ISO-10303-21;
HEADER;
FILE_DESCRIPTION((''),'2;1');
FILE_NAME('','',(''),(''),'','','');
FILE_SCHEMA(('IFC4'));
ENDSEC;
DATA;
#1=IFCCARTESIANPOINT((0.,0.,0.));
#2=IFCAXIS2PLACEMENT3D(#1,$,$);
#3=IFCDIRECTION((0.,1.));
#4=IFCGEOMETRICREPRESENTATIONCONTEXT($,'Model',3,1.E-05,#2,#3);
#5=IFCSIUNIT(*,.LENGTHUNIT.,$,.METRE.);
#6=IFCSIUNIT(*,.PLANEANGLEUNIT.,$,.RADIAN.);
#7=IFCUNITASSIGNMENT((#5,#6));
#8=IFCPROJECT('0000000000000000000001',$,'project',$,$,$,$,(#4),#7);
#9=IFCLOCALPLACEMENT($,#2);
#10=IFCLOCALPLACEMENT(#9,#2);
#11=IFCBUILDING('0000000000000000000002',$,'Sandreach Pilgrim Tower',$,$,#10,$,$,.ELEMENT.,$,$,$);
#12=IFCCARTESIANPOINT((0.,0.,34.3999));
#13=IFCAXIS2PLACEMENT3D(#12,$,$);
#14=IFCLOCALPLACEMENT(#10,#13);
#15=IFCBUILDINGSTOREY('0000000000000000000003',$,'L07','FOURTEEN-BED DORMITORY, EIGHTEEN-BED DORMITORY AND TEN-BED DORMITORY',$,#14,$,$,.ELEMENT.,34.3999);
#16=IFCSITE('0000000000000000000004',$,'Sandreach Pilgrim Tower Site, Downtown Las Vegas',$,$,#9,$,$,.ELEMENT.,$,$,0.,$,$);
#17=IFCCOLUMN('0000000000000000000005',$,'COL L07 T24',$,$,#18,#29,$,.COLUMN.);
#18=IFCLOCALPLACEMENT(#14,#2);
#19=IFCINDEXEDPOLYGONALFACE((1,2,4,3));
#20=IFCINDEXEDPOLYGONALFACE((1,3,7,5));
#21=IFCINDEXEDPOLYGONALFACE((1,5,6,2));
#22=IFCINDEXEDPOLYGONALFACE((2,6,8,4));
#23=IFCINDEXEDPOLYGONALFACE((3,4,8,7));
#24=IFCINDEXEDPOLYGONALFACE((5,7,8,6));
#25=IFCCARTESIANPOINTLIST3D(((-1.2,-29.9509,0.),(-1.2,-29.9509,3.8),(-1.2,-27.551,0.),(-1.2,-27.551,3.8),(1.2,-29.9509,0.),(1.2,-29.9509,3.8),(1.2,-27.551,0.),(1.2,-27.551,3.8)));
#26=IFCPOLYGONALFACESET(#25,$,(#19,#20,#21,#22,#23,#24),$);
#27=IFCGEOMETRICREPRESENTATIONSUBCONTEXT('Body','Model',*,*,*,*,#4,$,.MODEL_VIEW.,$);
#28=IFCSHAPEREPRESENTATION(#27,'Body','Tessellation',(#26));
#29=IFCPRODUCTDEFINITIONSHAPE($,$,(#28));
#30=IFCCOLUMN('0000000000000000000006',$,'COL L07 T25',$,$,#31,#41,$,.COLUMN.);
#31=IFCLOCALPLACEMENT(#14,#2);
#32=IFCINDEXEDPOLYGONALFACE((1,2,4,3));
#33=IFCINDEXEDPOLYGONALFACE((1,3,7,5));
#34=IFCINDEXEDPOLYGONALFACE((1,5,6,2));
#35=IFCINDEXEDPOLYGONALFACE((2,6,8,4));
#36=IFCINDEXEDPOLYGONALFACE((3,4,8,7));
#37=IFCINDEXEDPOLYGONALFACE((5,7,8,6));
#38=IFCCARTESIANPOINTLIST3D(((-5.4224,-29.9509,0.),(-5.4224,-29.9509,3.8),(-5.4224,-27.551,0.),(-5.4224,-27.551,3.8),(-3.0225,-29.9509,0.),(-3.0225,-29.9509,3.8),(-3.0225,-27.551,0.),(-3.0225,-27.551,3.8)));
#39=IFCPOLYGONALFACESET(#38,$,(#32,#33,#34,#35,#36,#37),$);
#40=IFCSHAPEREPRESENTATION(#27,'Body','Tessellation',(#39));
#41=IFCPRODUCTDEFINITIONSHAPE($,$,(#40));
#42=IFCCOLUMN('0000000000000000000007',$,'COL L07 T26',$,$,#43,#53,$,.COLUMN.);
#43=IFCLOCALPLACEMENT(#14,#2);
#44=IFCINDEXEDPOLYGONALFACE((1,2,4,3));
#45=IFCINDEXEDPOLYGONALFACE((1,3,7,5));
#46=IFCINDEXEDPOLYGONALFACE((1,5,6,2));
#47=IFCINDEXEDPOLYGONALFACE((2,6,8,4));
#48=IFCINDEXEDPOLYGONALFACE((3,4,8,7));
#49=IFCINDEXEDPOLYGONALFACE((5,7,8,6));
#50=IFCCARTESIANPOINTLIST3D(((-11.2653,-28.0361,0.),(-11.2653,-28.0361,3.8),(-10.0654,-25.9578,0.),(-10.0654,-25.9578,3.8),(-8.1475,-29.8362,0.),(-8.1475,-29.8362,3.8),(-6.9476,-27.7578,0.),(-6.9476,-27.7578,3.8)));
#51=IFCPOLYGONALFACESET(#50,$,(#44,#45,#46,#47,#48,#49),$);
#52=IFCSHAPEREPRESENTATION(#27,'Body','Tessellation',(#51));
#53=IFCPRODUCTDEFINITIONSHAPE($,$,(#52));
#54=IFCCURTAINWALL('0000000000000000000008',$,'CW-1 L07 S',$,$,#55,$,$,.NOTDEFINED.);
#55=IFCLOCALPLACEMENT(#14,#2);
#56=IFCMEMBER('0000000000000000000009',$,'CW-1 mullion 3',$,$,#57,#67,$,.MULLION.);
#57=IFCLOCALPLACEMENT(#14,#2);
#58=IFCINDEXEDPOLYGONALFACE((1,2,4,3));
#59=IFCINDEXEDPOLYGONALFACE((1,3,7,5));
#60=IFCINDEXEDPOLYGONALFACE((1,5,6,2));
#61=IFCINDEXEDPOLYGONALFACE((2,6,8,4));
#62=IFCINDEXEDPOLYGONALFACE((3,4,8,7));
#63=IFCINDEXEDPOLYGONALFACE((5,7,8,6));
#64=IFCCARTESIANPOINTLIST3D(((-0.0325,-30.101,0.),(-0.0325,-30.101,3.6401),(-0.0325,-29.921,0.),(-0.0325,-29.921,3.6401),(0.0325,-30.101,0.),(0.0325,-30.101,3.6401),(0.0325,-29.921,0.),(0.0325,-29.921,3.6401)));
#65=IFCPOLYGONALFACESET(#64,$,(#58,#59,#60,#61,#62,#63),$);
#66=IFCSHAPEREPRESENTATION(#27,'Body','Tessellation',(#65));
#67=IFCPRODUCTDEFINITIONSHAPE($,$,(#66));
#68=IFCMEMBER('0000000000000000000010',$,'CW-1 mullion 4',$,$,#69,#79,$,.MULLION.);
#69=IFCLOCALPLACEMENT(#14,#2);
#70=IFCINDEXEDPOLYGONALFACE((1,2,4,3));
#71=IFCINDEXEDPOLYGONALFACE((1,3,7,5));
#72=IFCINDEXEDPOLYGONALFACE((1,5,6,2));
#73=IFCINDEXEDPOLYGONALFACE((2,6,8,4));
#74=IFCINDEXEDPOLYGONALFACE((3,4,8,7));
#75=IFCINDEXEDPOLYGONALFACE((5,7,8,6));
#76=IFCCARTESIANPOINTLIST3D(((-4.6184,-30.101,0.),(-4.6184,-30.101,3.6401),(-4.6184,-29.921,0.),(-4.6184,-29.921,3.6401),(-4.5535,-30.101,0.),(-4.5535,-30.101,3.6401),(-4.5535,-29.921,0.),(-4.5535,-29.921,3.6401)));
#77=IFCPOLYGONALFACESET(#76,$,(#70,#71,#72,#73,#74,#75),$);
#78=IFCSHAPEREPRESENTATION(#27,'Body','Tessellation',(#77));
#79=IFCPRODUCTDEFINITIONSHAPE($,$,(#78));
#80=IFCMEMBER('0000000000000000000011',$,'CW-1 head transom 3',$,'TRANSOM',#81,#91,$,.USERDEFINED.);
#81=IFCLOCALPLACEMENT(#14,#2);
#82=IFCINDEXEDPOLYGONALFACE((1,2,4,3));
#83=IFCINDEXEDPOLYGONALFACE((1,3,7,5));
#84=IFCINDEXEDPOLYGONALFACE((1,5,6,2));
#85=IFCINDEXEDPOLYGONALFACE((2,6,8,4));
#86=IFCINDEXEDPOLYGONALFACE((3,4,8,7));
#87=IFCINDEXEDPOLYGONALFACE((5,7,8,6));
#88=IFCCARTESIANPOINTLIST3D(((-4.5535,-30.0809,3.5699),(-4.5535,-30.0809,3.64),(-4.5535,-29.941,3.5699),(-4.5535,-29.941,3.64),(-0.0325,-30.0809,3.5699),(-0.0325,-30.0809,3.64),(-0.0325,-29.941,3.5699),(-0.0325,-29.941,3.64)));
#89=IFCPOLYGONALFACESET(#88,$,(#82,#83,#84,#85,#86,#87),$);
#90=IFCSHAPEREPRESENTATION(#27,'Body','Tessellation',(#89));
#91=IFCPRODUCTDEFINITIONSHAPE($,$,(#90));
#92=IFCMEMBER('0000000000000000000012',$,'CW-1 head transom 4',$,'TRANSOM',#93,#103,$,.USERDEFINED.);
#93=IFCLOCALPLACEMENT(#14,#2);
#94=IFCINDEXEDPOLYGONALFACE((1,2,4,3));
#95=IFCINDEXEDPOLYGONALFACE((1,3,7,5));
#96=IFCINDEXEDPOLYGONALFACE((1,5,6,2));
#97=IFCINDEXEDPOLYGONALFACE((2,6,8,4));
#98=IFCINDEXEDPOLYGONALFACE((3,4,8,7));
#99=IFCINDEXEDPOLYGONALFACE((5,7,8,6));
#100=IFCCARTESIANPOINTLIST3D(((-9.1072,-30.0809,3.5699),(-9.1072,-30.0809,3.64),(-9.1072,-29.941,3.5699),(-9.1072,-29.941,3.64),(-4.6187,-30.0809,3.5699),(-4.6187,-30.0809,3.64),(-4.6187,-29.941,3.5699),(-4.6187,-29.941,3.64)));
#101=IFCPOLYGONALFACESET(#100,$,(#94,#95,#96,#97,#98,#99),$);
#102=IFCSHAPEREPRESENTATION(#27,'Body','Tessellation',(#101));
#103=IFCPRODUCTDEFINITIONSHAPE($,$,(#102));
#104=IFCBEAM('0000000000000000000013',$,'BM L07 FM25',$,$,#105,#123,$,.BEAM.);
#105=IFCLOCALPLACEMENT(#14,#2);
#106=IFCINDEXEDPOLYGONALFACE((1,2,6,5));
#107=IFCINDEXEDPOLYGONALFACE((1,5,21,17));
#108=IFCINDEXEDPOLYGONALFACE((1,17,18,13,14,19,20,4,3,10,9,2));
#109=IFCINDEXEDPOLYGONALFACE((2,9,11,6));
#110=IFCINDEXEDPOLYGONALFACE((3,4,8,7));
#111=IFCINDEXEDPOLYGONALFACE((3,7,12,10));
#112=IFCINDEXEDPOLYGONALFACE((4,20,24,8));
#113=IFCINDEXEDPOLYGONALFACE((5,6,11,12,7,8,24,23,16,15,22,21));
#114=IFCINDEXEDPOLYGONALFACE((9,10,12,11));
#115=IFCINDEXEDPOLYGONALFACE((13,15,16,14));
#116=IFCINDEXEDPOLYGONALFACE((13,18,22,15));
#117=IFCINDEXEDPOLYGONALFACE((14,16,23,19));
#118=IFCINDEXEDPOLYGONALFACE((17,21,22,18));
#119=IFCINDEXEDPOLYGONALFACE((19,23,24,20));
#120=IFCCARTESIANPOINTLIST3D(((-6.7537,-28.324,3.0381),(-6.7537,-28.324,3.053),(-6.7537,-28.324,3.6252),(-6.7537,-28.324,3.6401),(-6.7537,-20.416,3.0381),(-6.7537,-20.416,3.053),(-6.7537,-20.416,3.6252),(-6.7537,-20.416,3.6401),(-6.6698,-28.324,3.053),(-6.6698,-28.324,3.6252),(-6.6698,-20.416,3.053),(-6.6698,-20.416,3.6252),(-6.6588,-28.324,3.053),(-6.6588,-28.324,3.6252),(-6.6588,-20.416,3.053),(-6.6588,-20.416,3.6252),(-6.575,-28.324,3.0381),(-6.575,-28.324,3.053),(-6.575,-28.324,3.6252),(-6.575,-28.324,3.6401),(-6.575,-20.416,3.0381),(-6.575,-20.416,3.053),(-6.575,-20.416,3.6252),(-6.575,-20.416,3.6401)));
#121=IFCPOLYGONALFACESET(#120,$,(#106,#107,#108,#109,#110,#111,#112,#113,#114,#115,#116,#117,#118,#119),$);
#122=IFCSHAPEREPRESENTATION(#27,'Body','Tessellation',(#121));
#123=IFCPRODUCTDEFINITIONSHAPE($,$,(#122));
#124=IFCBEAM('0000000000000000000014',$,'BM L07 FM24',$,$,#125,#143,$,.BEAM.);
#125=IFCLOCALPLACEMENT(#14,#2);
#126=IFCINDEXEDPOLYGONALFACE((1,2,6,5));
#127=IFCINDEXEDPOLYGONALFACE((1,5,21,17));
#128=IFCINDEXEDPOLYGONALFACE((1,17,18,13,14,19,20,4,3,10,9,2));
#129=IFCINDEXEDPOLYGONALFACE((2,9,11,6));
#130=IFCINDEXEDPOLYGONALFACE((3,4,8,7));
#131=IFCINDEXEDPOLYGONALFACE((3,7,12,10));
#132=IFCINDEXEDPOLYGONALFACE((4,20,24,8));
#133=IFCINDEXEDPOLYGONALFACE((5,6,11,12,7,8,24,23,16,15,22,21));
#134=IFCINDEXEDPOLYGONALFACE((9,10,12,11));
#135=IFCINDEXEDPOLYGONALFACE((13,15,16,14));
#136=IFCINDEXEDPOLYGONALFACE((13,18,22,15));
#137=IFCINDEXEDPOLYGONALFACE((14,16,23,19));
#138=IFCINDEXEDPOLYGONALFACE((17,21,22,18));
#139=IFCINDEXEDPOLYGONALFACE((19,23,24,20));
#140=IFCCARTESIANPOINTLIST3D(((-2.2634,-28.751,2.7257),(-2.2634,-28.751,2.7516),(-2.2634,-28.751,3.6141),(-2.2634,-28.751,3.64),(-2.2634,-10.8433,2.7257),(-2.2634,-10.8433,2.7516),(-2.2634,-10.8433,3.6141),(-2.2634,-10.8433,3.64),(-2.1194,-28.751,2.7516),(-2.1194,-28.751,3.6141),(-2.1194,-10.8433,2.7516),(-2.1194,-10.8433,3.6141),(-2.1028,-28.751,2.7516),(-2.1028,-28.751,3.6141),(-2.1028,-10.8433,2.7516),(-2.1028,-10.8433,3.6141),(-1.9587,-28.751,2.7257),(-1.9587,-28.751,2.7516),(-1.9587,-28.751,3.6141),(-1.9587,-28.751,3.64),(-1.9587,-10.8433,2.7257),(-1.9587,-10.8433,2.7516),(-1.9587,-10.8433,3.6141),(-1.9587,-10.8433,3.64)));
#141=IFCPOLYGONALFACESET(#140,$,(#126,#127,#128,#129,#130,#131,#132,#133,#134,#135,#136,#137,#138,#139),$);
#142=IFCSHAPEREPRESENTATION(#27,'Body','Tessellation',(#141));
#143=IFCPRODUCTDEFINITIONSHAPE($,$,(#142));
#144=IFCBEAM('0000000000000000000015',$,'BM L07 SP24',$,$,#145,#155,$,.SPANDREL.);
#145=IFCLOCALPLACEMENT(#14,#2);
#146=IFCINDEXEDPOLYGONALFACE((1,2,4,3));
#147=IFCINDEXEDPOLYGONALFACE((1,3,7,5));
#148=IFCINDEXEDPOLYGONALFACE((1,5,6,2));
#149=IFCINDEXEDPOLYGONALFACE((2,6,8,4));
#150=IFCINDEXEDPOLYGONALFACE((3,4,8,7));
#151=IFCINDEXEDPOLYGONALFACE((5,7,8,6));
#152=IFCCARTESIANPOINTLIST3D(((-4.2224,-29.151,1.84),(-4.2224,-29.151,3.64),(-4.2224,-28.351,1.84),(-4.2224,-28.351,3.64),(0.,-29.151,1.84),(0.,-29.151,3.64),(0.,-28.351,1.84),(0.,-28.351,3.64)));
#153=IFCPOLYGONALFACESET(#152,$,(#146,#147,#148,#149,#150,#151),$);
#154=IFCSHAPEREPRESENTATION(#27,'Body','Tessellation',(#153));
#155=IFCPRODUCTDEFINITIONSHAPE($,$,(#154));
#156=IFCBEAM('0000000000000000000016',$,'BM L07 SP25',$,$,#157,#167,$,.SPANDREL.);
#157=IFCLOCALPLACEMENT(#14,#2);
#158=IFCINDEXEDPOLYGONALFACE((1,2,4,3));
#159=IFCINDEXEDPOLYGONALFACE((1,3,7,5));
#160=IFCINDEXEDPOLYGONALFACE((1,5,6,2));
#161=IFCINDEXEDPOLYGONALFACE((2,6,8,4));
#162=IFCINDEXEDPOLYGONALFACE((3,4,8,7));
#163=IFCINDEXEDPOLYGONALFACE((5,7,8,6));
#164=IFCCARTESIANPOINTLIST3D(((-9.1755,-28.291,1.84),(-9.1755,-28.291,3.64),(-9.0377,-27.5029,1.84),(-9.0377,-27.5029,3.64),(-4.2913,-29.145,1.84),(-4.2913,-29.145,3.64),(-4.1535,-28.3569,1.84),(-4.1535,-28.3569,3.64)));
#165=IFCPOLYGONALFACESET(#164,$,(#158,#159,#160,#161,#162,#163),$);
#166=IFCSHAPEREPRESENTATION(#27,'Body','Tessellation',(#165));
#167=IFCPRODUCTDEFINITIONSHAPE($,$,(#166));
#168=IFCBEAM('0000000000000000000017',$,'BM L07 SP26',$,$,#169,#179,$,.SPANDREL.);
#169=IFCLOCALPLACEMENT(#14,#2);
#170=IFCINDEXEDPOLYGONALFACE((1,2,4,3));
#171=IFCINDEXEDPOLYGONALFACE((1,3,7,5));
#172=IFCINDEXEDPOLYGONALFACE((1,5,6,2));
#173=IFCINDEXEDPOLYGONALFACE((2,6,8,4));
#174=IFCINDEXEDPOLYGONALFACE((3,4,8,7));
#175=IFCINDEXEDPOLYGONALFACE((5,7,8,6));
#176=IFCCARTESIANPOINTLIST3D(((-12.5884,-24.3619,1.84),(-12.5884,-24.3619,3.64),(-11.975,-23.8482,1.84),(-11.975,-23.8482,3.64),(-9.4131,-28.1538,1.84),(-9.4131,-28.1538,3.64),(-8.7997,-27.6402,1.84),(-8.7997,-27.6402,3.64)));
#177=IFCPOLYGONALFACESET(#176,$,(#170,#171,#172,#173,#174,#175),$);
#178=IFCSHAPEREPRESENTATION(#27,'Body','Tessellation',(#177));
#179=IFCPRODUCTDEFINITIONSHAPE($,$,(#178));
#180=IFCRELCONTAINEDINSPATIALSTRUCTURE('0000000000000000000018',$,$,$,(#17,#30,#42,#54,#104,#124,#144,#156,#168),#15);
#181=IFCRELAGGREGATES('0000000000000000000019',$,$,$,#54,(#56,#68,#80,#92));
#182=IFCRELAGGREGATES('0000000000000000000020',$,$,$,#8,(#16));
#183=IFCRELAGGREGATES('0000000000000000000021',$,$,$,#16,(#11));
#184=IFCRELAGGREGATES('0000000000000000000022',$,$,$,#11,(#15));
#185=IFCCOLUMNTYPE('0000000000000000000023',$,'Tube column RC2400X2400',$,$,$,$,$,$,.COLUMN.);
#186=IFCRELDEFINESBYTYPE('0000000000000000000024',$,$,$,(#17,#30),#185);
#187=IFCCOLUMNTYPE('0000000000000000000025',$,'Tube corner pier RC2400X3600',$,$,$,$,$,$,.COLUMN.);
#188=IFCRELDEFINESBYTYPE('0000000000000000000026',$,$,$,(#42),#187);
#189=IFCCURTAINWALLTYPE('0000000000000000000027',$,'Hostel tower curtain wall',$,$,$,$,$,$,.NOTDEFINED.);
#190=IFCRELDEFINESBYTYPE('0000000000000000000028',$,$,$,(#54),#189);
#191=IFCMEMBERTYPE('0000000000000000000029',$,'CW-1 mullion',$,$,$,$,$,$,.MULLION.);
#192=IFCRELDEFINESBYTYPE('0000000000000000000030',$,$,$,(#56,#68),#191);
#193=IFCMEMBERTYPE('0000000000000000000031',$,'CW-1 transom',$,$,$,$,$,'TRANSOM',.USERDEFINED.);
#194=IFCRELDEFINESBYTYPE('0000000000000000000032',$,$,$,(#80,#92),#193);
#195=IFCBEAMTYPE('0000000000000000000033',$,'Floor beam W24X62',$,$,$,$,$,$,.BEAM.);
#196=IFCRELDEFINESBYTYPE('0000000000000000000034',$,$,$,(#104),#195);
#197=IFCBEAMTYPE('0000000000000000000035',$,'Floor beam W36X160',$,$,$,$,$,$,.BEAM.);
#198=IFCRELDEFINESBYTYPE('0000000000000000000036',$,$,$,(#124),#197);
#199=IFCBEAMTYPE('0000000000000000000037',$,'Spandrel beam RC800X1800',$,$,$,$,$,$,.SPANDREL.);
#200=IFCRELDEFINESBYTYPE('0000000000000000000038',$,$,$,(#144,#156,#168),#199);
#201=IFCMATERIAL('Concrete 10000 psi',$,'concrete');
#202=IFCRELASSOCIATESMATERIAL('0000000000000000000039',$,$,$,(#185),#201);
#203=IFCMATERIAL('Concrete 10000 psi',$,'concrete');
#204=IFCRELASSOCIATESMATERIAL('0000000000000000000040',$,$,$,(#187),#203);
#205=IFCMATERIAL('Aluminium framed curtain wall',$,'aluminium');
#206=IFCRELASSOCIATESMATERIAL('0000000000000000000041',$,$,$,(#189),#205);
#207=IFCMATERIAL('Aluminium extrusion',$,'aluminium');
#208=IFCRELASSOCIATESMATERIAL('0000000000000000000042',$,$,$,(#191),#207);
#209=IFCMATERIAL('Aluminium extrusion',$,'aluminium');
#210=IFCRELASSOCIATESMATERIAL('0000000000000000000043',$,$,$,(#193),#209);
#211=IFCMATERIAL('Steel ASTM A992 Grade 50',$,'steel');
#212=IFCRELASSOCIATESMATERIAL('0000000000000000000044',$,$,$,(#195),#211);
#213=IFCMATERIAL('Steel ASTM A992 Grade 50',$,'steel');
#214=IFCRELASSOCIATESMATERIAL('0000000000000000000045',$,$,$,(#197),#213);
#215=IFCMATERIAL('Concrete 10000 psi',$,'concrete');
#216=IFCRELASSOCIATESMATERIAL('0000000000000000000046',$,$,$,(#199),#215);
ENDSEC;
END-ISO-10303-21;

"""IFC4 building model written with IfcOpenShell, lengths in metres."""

from ifc_helpers import new_model, si_unit, direction, frame, origin, origin_2d, place, context, subcontext, project, spatial, rectangle, i_section, extrude, material, material_profile, profile_set, type_object, element, aggregate, save


model = new_model("IFC4")

# Units and contexts
model_context = context("Model", 3, precision=1e-05, world=origin(), true_north=direction((0.0, 1.0)))
body_context = subcontext(model_context, "Body", "Model", "MODEL_VIEW")
ifc_project = project(units=[si_unit("LENGTHUNIT", "METRE"), si_unit("PLANEANGLEUNIT", "RADIAN")], contexts=[model_context])

# Site, building, storey
site_placement = place(None, origin())
site = spatial("IfcSite", under=ifc_project, at=site_placement, Name="Sandreach Pilgrim Tower Site, Downtown Las Vegas", CompositionType="ELEMENT", RefElevation=0.0)
building_placement = place(site_placement, origin())
building = spatial("IfcBuilding", under=site, at=building_placement, Name="Sandreach Pilgrim Tower", CompositionType="ELEMENT")
storey_placement = place(building_placement, frame((0.0, 0.0, 34.3999)))
storey = spatial("IfcBuildingStorey", under=building, at=storey_placement, Name="L07", Description="FOURTEEN-BED DORMITORY, EIGHTEEN-BED DORMITORY AND TEN-BED DORMITORY", CompositionType="ELEMENT", Elevation=34.3999)

# Columns
ifc_material_1 = material(Name="Concrete 10000 psi", Category="concrete")
ifc_material_profile_1 = material_profile(ifc_material_1, rectangle(XDim=2.3999, YDim=2.3999, at=origin_2d()), Name="RC2400X2400")
ifc_profile_set_1 = profile_set([ifc_material_profile_1], Name="Concrete 10000 psi")
column_type_1 = type_object("IfcColumnType", Name="Tube column RC2400X2400", PredefinedType="COLUMN", material=ifc_profile_set_1)
for number, where, z_axis, x_axis, name in (
    (1, (0.0, -28.751, 0.0), (0.0, 0.0, 1.0), (0.0, -1.0, 0.0), "COL L07 T24"),
    (2, (-4.2224, -28.751, 0.0), (0.0, 0.0, 1.0), (0.0, -1.0, 0.0), "COL L07 T25"),
):
    element("IfcColumn", number, at=place(storey_placement, frame(where, z_axis=z_axis, x_axis=x_axis)), inside=storey, type_object=column_type_1, Name=name, PredefinedType="COLUMN", context=body_context, shape_type="SweptSolid", body=[
        extrude(rectangle(XDim=2.3999, YDim=2.3999, at=origin_2d()), origin(), (0.0, 0.0, 1.0), 3.8),
    ])
ifc_material_2 = material(Name="Concrete 10000 psi", Category="concrete")
ifc_material_profile_2 = material_profile(ifc_material_2, rectangle(XDim=2.3999, YDim=3.6001, at=origin_2d()), Name="RC2400X3600")
ifc_profile_set_2 = profile_set([ifc_material_profile_2], Name="Concrete 10000 psi")
column_type_2 = type_object("IfcColumnType", Name="Tube corner pier RC2400X3600", PredefinedType="COLUMN", material=ifc_profile_set_2)
column_placement = place(storey_placement, frame((-9.1064, -27.897, 0.0), z_axis=(0.0, 0.0, 1.0), x_axis=(-0.5, -0.866025, 0.0)))
element("IfcColumn", 3, at=column_placement, inside=storey, type_object=column_type_2, Name="COL L07 T26", PredefinedType="COLUMN", context=body_context, shape_type="SweptSolid", body=[
    extrude(rectangle(XDim=2.3999, YDim=3.6001, at=origin_2d()), origin(), (0.0, 0.0, 1.0), 3.8),
])

# Curtain wall, members
ifc_material_3 = material(Name="Aluminium framed curtain wall", Category="aluminium")
curtain_wall_type = type_object("IfcCurtainWallType", Name="Hostel tower curtain wall", PredefinedType="NOTDEFINED", material=ifc_material_3)
curtain_wall_placement = place(storey_placement, origin())
curtain_wall = element("IfcCurtainWall", 4, at=curtain_wall_placement, inside=storey, type_object=curtain_wall_type, Name="CW-1 L07 S", PredefinedType="NOTDEFINED")
ifc_material_4 = material(Name="Aluminium extrusion", Category="aluminium")
ifc_material_profile_3 = material_profile(ifc_material_4, rectangle(XDim=0.0649, YDim=0.1799, at=origin_2d()), Name="CW-1M 65X180")
ifc_profile_set_3 = profile_set([ifc_material_profile_3], Name="Aluminium extrusion")
member_type_1 = type_object("IfcMemberType", Name="CW-1 mullion", PredefinedType="MULLION", material=ifc_profile_set_3)
member_1_placement = place(storey_placement, frame((0.0, -30.011, 0.0), z_axis=(0.0, 0.0, 1.0), x_axis=(-1.0, 0.0, 0.0)))
member_1 = element("IfcMember", 5, at=member_1_placement, type_object=member_type_1, Name="CW-1 mullion 3", PredefinedType="MULLION", context=body_context, shape_type="SweptSolid", body=[
    extrude(rectangle(XDim=0.0649, YDim=0.1799, at=origin_2d()), origin(), (0.0, 0.0, 1.0), 3.6401),
])
member_2_placement = place(storey_placement, frame((-4.5859, -30.011, 0.0), z_axis=(0.0, 0.0, 1.0), x_axis=(-1.0, 0.0, 0.0)))
member_2 = element("IfcMember", 6, at=member_2_placement, type_object=member_type_1, Name="CW-1 mullion 4", PredefinedType="MULLION", context=body_context, shape_type="SweptSolid", body=[
    extrude(rectangle(XDim=0.0649, YDim=0.1799, at=origin_2d()), origin(), (0.0, 0.0, 1.0), 3.6401),
])
ifc_material_5 = material(Name="Aluminium extrusion", Category="aluminium")
ifc_material_profile_4 = material_profile(ifc_material_5, rectangle(XDim=0.1399, YDim=0.0701, at=origin_2d()), Name="CW-1T 140X70")
ifc_profile_set_4 = profile_set([ifc_material_profile_4], Name="Aluminium extrusion")
member_type_2 = type_object("IfcMemberType", Name="CW-1 transom", ElementType="TRANSOM", PredefinedType="USERDEFINED", material=ifc_profile_set_4)
member_3_placement = place(storey_placement, frame((-0.0325, -30.011, 3.605), z_axis=(-1.0, 0.0, 0.0), x_axis=(0.0, -1.0, 0.0)))
member_3 = element("IfcMember", 7, at=member_3_placement, type_object=member_type_2, Name="CW-1 head transom 3", ObjectType="TRANSOM", PredefinedType="USERDEFINED", context=body_context, shape_type="SweptSolid", body=[
    extrude(rectangle(XDim=0.1399, YDim=0.0701, at=origin_2d()), origin(), (0.0, 0.0, 1.0), 4.521),
])
member_4_placement = place(storey_placement, frame((-4.6187, -30.011, 3.605), z_axis=(-1.0, 0.0, 0.0), x_axis=(0.0, -1.0, 0.0)))
member_4 = element("IfcMember", 8, at=member_4_placement, type_object=member_type_2, Name="CW-1 head transom 4", ObjectType="TRANSOM", PredefinedType="USERDEFINED", context=body_context, shape_type="SweptSolid", body=[
    extrude(rectangle(XDim=0.1399, YDim=0.0701, at=origin_2d()), origin(), (0.0, 0.0, 1.0), 4.4885),
])

# Beams
ifc_material_6 = material(Name="Steel ASTM A992 Grade 50", Category="steel")
ifc_material_profile_5 = material_profile(ifc_material_6, i_section(OverallWidth=0.1787, OverallDepth=0.6021, WebThickness=0.011, FlangeThickness=0.0149, at=origin_2d()), Name="W24X62")
ifc_profile_set_5 = profile_set([ifc_material_profile_5], Name="Steel ASTM A992 Grade 50")
beam_type_1 = type_object("IfcBeamType", Name="Floor beam W24X62", PredefinedType="BEAM", material=ifc_profile_set_5)
beam_1_placement = place(storey_placement, frame((-6.6643, -28.324, 3.3391), z_axis=(0.0, 1.0, 0.0), x_axis=(-1.0, 0.0, 0.0)))
element("IfcBeam", 9, at=beam_1_placement, inside=storey, type_object=beam_type_1, Name="BM L07 FM25", PredefinedType="BEAM", context=body_context, shape_type="SweptSolid", body=[
    extrude(i_section(OverallWidth=0.1787, OverallDepth=0.6021, WebThickness=0.011, FlangeThickness=0.0149, at=origin_2d()), origin(), (0.0, 0.0, 1.0), 7.908),
])
ifc_material_7 = material(Name="Steel ASTM A992 Grade 50", Category="steel")
ifc_material_profile_6 = material_profile(ifc_material_7, i_section(OverallWidth=0.3047, OverallDepth=0.9143, WebThickness=0.0166, FlangeThickness=0.0259, at=origin_2d()), Name="W36X160")
ifc_profile_set_6 = profile_set([ifc_material_profile_6], Name="Steel ASTM A992 Grade 50")
beam_type_2 = type_object("IfcBeamType", Name="Floor beam W36X160", PredefinedType="BEAM", material=ifc_profile_set_6)
beam_2_placement = place(storey_placement, frame((-2.1111, -28.751, 3.1829), z_axis=(0.0, 1.0, 0.0), x_axis=(-1.0, 0.0, 0.0)))
element("IfcBeam", 10, at=beam_2_placement, inside=storey, type_object=beam_type_2, Name="BM L07 FM24", PredefinedType="BEAM", context=body_context, shape_type="SweptSolid", body=[
    extrude(i_section(OverallWidth=0.3047, OverallDepth=0.9143, WebThickness=0.0166, FlangeThickness=0.0259, at=origin_2d()), origin(), (0.0, 0.0, 1.0), 17.9077),
])
ifc_material_8 = material(Name="Concrete 10000 psi", Category="concrete")
ifc_material_profile_7 = material_profile(ifc_material_8, rectangle(XDim=0.8, YDim=1.8, at=origin_2d()), Name="RC800X1800")
ifc_profile_set_7 = profile_set([ifc_material_profile_7], Name="Concrete 10000 psi")
beam_type_3 = type_object("IfcBeamType", Name="Spandrel beam RC800X1800", PredefinedType="SPANDREL", material=ifc_profile_set_7)
beam_3_placement = place(storey_placement, frame((0.0, -28.751, 2.74), z_axis=(-1.0, 0.0, 0.0), x_axis=(0.0, -1.0, 0.0)))
element("IfcBeam", 11, at=beam_3_placement, inside=storey, type_object=beam_type_3, Name="BM L07 SP24", PredefinedType="SPANDREL", context=body_context, shape_type="SweptSolid", body=[
    extrude(rectangle(XDim=0.8, YDim=1.8, at=origin_2d()), origin(), (0.0, 0.0, 1.0), 4.2224),
])
beam_4_placement = place(storey_placement, frame((-4.2224, -28.751, 2.74), z_axis=(-0.985054, 0.172243, 0.0), x_axis=(-0.172243, -0.985054, 0.0)))
element("IfcBeam", 12, at=beam_4_placement, inside=storey, type_object=beam_type_3, Name="BM L07 SP25", PredefinedType="SPANDREL", context=body_context, shape_type="SweptSolid", body=[
    extrude(rectangle(XDim=0.8, YDim=1.8, at=origin_2d()), origin(), (0.0, 0.0, 1.0), 4.9583),
])
beam_5_placement = place(storey_placement, frame((-9.1064, -27.897, 2.74), z_axis=(-0.642008, 0.766698, 0.0), x_axis=(-0.766698, -0.642008, 0.0)))
element("IfcBeam", 13, at=beam_5_placement, inside=storey, type_object=beam_type_3, Name="BM L07 SP26", PredefinedType="SPANDREL", context=body_context, shape_type="SweptSolid", body=[
    extrude(rectangle(XDim=0.8, YDim=1.8, at=origin_2d()), origin(), (0.0, 0.0, 1.0), 4.9458),
])

aggregate(curtain_wall, [member_1, member_2, member_3, member_4])

save(model, "model.ifc")
